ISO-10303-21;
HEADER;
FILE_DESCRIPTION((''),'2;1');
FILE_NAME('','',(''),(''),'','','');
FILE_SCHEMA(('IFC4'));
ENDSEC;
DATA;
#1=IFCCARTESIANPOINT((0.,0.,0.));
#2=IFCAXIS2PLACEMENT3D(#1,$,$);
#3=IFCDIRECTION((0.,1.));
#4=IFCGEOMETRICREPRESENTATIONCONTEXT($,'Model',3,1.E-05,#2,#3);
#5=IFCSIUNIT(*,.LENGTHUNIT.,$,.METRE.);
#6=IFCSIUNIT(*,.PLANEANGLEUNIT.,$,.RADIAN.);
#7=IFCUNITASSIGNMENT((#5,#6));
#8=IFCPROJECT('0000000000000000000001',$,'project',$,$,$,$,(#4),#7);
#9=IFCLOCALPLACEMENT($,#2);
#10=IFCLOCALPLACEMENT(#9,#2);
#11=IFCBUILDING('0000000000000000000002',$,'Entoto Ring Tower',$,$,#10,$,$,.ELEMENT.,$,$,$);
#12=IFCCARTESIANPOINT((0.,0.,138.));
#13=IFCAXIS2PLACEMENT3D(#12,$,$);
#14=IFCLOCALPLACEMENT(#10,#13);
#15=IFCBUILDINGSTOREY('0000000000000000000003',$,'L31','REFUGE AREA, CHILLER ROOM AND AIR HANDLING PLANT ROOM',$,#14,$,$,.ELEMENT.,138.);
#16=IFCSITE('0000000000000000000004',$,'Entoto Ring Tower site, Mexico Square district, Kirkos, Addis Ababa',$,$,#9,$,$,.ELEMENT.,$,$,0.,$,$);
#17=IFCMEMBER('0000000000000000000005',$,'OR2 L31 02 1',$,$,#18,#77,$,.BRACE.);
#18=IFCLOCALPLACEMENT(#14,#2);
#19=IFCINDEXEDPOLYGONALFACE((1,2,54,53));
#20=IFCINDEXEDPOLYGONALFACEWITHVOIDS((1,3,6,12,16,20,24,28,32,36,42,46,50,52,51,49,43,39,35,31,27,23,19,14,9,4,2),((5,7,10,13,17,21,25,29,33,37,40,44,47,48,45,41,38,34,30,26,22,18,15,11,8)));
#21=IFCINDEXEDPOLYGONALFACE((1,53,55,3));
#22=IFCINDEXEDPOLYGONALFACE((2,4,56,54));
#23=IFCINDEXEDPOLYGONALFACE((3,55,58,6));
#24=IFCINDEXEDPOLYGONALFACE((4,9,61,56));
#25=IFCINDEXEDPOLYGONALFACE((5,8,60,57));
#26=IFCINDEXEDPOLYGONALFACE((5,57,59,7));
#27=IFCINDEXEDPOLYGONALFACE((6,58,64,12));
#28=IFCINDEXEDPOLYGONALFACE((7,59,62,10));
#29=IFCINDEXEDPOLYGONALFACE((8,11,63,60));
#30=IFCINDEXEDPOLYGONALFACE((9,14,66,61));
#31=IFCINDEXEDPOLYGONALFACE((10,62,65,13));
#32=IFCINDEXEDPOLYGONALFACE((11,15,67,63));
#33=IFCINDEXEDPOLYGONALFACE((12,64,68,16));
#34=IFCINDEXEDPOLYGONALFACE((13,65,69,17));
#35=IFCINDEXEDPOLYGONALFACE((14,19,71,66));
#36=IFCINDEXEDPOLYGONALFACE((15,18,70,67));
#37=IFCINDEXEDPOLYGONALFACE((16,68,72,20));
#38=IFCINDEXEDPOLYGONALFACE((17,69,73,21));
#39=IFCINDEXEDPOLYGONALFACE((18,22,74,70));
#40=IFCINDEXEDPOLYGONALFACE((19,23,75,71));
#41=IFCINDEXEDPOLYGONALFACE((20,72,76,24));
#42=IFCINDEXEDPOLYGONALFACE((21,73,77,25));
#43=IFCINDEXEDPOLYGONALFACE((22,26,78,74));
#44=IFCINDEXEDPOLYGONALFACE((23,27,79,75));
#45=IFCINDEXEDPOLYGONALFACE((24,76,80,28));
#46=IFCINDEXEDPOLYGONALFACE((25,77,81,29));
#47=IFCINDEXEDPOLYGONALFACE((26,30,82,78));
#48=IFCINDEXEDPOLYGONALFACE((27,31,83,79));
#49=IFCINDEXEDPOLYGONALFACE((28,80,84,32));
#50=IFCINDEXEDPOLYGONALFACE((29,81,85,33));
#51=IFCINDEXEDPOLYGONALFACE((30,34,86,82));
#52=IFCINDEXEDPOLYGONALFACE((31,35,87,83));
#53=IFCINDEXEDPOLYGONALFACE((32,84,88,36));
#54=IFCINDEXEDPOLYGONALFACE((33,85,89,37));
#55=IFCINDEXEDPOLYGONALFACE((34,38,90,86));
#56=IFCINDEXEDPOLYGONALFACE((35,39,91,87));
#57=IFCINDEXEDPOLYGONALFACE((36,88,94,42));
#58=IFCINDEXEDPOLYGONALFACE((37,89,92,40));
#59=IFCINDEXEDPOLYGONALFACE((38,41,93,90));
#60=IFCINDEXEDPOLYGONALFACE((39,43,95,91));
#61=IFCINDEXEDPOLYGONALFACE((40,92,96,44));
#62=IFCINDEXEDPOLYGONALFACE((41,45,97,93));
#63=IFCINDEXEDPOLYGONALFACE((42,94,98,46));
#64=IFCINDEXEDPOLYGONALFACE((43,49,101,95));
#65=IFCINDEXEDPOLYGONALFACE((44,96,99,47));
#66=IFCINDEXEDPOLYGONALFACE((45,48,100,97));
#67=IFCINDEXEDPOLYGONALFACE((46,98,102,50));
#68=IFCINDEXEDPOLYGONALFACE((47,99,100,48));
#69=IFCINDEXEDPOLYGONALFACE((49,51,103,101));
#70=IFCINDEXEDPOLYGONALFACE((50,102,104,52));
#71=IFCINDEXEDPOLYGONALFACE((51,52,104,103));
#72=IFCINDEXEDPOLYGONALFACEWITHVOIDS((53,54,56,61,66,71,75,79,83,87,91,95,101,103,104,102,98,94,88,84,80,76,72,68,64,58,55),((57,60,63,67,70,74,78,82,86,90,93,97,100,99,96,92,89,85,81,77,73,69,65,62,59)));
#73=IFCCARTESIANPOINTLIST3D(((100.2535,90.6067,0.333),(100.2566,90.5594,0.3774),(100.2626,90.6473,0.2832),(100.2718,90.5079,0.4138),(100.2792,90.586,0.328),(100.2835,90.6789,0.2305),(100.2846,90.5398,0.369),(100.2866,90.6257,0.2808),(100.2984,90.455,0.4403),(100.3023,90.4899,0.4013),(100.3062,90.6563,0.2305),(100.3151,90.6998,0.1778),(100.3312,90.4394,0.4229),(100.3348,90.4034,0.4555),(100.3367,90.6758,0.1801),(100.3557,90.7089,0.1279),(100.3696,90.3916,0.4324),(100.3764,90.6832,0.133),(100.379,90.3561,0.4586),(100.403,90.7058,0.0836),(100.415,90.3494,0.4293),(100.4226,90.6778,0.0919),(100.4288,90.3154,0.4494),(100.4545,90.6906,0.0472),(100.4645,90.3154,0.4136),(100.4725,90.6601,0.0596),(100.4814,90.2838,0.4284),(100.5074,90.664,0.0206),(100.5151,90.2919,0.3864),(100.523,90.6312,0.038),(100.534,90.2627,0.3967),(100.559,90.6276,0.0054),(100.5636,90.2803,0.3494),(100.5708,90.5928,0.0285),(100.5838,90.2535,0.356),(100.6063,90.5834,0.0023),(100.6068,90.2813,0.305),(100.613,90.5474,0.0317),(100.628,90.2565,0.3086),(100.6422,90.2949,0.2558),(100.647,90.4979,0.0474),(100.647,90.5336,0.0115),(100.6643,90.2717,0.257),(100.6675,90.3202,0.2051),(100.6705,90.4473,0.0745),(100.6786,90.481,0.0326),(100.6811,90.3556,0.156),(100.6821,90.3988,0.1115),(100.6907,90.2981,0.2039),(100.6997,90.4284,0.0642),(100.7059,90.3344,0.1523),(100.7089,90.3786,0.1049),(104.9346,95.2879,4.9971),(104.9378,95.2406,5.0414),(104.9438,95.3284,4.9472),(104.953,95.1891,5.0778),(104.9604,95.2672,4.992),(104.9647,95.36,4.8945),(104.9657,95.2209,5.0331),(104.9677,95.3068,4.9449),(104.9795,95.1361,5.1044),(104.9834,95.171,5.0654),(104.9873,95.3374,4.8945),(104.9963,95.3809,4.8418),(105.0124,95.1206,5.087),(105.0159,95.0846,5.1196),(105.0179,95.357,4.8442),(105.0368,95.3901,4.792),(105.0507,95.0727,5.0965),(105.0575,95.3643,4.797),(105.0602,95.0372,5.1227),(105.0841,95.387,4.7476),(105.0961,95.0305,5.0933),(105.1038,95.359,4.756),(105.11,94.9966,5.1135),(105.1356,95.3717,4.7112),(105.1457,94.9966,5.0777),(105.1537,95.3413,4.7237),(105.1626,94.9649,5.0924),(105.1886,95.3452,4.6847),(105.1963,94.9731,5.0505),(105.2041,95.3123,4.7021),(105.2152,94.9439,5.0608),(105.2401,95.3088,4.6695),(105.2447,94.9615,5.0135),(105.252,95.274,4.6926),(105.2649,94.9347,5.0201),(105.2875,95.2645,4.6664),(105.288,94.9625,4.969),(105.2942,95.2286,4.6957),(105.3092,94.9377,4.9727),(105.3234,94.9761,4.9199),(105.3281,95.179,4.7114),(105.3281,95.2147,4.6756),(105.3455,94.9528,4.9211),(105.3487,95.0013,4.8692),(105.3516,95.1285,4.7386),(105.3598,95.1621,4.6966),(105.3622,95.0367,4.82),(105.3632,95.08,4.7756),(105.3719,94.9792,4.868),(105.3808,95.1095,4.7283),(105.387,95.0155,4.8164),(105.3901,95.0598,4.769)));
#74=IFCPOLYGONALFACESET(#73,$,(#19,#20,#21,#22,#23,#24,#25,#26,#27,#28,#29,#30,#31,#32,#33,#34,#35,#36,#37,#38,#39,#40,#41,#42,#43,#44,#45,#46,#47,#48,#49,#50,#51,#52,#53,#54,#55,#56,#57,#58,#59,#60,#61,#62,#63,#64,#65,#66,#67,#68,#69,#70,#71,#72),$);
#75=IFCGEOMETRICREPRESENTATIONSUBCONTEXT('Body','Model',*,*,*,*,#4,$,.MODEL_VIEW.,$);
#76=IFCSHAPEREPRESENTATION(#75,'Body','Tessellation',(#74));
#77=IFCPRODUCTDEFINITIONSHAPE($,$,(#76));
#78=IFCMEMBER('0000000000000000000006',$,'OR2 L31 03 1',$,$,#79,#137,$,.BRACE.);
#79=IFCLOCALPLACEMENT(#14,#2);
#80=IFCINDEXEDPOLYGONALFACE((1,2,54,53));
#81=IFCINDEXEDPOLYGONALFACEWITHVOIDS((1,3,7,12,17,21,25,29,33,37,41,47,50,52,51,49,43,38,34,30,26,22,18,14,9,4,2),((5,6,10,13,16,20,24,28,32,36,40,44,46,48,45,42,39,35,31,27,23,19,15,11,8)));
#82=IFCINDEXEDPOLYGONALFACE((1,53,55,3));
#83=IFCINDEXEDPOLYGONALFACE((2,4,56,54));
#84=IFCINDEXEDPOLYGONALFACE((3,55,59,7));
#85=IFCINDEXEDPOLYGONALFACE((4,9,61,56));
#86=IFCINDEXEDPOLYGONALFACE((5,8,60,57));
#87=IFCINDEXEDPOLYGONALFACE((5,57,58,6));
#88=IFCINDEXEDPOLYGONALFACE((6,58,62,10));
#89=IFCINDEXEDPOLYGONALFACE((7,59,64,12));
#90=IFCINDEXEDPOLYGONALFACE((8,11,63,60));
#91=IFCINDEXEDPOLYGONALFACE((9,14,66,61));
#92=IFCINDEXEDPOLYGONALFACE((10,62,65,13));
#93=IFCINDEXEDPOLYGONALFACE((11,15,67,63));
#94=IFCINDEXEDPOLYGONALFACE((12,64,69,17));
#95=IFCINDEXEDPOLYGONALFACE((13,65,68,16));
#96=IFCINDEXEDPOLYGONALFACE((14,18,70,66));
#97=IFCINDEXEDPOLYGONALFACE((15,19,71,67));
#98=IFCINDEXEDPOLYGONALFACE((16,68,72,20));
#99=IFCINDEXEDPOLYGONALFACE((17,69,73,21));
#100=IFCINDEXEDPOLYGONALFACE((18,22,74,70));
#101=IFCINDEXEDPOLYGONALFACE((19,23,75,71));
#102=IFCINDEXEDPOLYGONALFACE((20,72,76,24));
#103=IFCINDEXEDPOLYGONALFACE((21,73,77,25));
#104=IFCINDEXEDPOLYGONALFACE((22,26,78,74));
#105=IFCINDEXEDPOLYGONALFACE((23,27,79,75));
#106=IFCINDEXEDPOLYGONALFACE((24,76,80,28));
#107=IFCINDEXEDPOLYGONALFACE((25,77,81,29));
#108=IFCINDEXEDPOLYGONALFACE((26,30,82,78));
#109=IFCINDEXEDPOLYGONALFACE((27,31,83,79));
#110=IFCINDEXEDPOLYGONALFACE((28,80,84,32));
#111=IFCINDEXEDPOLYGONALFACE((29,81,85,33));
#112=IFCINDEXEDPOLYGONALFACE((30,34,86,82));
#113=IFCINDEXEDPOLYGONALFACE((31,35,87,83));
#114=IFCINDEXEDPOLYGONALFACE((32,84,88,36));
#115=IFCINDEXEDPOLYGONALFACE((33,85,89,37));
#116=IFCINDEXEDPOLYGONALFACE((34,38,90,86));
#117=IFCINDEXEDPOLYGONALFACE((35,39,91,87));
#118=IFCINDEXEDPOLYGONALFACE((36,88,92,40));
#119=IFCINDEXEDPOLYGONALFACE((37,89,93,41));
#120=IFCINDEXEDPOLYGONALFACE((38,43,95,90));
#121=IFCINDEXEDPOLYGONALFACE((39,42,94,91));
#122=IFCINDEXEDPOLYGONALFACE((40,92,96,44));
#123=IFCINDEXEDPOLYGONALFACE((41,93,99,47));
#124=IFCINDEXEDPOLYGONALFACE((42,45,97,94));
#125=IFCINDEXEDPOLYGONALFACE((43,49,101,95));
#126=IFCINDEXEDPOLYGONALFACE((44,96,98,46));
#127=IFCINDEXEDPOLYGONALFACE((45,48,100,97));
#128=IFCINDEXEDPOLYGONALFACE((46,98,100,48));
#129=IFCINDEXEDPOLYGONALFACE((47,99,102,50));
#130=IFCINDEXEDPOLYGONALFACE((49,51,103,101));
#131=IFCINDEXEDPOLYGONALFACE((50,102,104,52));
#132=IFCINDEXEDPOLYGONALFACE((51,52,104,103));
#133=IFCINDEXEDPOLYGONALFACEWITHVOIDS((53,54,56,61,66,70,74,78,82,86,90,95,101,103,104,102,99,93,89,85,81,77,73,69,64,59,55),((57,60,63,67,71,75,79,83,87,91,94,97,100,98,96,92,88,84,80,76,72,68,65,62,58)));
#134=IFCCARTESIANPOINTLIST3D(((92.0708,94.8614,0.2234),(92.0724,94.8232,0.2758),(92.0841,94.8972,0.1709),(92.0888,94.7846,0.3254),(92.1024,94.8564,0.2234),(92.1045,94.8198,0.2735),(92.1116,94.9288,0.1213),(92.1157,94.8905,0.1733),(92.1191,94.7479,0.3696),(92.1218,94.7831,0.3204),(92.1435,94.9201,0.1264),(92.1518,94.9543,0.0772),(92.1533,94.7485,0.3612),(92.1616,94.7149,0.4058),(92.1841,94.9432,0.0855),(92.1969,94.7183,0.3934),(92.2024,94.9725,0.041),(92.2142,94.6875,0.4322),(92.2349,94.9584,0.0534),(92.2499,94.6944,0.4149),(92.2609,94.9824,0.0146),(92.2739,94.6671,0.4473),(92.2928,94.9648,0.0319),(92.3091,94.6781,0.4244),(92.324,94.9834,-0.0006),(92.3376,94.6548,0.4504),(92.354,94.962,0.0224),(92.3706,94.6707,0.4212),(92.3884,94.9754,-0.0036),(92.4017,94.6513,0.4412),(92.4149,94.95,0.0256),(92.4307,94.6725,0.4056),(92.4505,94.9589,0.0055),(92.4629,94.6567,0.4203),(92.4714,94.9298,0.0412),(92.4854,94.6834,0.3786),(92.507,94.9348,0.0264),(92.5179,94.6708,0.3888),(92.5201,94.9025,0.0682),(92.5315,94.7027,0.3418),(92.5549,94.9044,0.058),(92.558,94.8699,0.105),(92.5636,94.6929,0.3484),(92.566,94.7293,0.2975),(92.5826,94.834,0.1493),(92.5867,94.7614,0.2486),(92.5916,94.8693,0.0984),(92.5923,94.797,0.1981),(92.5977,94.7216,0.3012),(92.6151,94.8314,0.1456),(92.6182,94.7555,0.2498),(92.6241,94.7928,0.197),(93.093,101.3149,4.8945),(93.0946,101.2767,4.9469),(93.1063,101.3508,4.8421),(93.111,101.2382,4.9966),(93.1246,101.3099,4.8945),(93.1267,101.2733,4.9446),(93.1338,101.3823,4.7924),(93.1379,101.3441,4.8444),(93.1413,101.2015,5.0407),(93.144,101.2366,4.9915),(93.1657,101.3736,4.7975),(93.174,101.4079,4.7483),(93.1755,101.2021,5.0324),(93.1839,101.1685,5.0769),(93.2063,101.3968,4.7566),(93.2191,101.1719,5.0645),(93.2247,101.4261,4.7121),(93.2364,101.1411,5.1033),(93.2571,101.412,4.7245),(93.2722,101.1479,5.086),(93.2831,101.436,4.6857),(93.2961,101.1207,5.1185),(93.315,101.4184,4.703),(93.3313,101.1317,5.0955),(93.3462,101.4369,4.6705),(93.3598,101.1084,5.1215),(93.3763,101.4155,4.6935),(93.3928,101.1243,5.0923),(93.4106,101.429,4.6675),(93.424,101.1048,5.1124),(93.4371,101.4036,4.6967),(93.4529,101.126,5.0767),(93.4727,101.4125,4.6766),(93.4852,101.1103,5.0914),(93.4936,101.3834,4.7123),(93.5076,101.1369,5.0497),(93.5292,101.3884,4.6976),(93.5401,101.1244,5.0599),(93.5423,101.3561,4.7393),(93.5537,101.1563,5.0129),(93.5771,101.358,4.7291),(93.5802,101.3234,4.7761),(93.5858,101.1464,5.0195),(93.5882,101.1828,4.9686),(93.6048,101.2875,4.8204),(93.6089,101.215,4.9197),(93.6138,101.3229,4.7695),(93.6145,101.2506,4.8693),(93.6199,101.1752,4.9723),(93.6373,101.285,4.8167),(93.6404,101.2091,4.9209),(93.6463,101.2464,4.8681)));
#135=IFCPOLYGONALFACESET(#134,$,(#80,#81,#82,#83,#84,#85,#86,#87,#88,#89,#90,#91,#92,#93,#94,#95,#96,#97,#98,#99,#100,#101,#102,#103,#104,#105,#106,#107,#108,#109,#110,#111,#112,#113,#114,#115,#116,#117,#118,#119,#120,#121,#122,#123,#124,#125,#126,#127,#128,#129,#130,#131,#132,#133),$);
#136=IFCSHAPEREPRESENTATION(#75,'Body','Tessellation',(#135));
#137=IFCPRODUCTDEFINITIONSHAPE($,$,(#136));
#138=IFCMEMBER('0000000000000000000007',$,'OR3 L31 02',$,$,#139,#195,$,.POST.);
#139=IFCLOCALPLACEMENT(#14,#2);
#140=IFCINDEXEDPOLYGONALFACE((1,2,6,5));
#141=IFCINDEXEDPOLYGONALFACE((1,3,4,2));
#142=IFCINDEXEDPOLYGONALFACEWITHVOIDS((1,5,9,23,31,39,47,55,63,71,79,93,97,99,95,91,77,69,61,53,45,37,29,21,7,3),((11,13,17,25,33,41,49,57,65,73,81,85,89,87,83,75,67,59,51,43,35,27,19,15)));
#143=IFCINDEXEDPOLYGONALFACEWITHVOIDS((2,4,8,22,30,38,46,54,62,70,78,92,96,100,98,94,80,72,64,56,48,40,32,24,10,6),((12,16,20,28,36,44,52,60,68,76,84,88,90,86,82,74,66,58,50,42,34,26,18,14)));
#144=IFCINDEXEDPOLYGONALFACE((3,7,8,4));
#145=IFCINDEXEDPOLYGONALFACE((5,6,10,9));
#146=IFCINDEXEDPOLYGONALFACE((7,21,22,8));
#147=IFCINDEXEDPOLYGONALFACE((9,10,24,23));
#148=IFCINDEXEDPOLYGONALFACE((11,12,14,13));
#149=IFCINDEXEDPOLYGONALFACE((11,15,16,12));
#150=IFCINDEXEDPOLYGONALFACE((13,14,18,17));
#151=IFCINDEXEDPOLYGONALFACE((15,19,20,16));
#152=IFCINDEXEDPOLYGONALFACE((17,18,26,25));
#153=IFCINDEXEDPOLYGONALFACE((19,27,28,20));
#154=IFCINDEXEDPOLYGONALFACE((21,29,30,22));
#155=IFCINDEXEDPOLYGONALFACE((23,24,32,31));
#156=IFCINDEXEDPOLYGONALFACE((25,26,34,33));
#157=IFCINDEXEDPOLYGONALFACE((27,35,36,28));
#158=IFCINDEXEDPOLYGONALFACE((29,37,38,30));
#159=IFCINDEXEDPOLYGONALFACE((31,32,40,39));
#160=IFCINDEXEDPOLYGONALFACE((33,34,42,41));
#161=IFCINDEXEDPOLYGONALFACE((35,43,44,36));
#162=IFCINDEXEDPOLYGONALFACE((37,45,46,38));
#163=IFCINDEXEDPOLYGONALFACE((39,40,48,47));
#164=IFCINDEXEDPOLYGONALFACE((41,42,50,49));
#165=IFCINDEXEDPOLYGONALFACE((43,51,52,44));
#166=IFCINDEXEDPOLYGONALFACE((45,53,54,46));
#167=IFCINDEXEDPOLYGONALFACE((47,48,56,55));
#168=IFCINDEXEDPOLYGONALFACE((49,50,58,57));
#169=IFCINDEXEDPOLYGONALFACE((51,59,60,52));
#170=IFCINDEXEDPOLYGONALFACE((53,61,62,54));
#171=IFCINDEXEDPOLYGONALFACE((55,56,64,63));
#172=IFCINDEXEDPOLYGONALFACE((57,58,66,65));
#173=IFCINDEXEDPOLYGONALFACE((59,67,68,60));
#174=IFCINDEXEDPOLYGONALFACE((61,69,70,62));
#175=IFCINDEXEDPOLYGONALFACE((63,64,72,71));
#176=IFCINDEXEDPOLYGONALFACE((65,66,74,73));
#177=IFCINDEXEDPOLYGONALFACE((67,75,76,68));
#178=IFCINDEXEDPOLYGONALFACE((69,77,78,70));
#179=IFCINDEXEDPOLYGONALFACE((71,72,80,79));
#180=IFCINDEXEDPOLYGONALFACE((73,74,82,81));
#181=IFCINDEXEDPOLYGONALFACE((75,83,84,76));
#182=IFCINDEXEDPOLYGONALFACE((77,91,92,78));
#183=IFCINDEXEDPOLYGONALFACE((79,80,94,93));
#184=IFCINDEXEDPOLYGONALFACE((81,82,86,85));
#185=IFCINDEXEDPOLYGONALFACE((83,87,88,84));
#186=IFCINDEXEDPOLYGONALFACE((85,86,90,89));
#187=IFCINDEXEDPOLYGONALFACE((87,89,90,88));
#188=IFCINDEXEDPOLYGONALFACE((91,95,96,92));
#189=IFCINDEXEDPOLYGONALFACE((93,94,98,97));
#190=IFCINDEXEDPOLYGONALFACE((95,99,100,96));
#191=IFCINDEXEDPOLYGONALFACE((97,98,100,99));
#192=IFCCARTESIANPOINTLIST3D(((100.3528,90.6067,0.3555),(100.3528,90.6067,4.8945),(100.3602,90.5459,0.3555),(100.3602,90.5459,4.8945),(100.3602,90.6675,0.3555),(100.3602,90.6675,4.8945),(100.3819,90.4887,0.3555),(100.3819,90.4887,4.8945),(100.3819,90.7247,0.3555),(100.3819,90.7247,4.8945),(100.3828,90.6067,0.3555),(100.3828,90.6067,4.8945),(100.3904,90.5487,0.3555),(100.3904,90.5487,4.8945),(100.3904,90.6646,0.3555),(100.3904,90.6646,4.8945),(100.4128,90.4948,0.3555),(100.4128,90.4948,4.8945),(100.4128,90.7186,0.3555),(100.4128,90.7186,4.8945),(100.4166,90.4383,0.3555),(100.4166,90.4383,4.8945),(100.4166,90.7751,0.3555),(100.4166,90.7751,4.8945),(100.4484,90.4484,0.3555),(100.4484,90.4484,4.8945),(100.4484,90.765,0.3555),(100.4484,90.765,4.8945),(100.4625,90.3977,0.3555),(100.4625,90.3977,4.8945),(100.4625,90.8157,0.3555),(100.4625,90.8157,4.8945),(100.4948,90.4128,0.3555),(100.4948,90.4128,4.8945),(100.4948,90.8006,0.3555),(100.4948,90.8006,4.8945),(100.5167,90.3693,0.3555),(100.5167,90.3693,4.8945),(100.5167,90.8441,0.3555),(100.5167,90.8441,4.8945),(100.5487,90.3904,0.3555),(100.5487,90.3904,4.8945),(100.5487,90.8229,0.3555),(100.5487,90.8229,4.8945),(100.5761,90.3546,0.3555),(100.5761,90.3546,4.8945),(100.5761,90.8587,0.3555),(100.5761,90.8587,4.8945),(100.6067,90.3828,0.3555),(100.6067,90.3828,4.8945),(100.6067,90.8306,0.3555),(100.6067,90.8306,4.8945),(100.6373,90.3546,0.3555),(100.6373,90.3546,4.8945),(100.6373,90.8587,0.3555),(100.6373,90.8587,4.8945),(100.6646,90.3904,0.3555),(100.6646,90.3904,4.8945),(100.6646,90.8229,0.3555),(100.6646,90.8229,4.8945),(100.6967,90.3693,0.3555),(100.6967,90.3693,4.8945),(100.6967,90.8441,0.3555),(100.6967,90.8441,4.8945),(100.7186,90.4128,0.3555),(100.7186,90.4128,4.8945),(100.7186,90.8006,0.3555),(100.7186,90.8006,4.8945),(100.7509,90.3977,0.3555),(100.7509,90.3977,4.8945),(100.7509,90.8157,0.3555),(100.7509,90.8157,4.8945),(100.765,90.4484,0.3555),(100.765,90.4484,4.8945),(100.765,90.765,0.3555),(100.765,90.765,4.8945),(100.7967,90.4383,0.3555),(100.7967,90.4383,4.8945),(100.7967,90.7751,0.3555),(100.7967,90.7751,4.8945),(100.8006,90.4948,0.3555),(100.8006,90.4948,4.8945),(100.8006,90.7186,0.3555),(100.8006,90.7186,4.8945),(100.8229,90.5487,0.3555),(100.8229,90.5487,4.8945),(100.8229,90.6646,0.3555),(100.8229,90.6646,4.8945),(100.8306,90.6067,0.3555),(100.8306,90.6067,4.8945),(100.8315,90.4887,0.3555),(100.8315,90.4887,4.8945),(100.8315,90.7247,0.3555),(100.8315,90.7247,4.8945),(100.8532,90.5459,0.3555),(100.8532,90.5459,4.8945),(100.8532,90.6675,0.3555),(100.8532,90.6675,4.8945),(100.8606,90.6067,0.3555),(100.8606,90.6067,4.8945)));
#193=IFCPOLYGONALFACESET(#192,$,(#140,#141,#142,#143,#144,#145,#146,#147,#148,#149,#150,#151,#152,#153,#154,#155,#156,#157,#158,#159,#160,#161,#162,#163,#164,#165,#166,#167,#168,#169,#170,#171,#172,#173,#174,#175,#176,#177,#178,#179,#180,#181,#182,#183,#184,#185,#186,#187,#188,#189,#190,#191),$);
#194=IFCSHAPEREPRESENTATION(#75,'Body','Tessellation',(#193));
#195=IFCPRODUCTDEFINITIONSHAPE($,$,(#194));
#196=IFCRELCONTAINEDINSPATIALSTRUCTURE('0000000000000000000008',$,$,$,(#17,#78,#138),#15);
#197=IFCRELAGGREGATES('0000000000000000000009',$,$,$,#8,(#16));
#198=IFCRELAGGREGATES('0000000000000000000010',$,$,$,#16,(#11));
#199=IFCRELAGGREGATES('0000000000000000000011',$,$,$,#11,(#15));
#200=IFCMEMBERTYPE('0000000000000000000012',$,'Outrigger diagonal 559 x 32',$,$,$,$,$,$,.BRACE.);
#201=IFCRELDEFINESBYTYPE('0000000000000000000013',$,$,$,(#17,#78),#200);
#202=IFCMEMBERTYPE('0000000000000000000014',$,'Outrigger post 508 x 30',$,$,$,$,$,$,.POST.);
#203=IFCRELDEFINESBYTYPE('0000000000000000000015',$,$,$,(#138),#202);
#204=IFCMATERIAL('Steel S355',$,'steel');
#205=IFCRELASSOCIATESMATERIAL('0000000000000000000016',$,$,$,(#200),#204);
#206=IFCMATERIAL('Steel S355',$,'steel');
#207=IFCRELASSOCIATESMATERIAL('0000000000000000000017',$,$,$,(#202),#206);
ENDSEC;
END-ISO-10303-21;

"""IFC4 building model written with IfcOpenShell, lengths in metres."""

from ifc_helpers import new_model, si_unit, direction, frame, origin, origin_2d, place, context, subcontext, project, spatial, circle, hollow_circle, extrude, material, material_profile, profile_set, type_object, element, save


model = new_model("IFC4")

# Units and contexts
model_context = context("Model", 3, precision=1e-05, world=origin(), true_north=direction((0.0, 1.0)))
body_context = subcontext(model_context, "Body", "Model", "MODEL_VIEW")
ifc_project = project(units=[si_unit("LENGTHUNIT", "METRE"), si_unit("PLANEANGLEUNIT", "RADIAN")], contexts=[model_context])

# Site, building, storey
site_placement = place(None, origin())
site = spatial("IfcSite", under=ifc_project, at=site_placement, Name="Entoto Ring Tower site, Mexico Square district, Kirkos, Addis Ababa", CompositionType="ELEMENT", RefElevation=0.0)
building_placement = place(site_placement, origin())
building = spatial("IfcBuilding", under=site, at=building_placement, Name="Entoto Ring Tower", CompositionType="ELEMENT")
storey_placement = place(building_placement, frame((0.0, 0.0, 138.0)))
storey = spatial("IfcBuildingStorey", under=building, at=storey_placement, Name="L31", Description="REFUGE AREA, CHILLER ROOM AND AIR HANDLING PLANT ROOM", CompositionType="ELEMENT", Elevation=138.0)

# Members
ifc_material_1 = material(Name="Steel S355", Category="steel")
ifc_material_profile_1 = material_profile(ifc_material_1, hollow_circle(Radius=0.2795, WallThickness=0.032, at=origin_2d()), Name="CHS 559 x 32")
ifc_material_2 = material(Name="Concrete C60/75", Category="concrete")
ifc_material_profile_2 = material_profile(ifc_material_2, circle(Radius=0.2476, at=origin_2d()), Name="Concrete C60/75 infill")
ifc_profile_set_1 = profile_set([ifc_material_profile_1, ifc_material_profile_2], Name="Steel S355")
member_type_1 = type_object("IfcMemberType", Name="Outrigger diagonal 559 x 32", PredefinedType="BRACE", material=ifc_profile_set_1)
member_1_placement = place(storey_placement, frame((100.4812, 90.4812, 0.2305), z_axis=(0.578053, 0.578053, 0.575943), x_axis=(-0.707107, 0.707107, 0.0)))
element("IfcMember", 1, at=member_1_placement, inside=storey, type_object=member_type_1, Name="OR2 L31 02 1", PredefinedType="BRACE", context=body_context, shape_type="SweptSolid", body=[
    extrude(hollow_circle(Radius=0.2795, WallThickness=0.032, at=origin_2d()), origin(), (0.0, 0.0, 1.0), 8.0981),
])
member_2_placement = place(storey_placement, frame((92.3469, 94.8176, 0.2234), z_axis=(0.127267, 0.803484, 0.581564), x_axis=(-0.987687, 0.156444, 0.0)))
element("IfcMember", 2, at=member_2_placement, inside=storey, type_object=member_type_1, Name="OR2 L31 03 1", PredefinedType="BRACE", context=body_context, shape_type="SweptSolid", body=[
    extrude(hollow_circle(Radius=0.2795, WallThickness=0.032, at=origin_2d()), origin(), (0.0, 0.0, 1.0), 8.032),
])
ifc_material_3 = material(Name="Steel S355", Category="steel")
ifc_material_profile_3 = material_profile(ifc_material_3, hollow_circle(Radius=0.2539, WallThickness=0.03, at=origin_2d()), Name="CHS 508 x 30")
ifc_material_4 = material(Name="Concrete C60/75", Category="concrete")
ifc_material_profile_4 = material_profile(ifc_material_4, circle(Radius=0.2241, at=origin_2d()), Name="Concrete C60/75 infill")
ifc_profile_set_2 = profile_set([ifc_material_profile_3, ifc_material_profile_4], Name="Steel S355")
member_type_2 = type_object("IfcMemberType", Name="Outrigger post 508 x 30", PredefinedType="POST", material=ifc_profile_set_2)
member_3_placement = place(storey_placement, frame((100.6067, 90.6067, 0.3555), z_axis=(0.0, 0.0, 1.0), x_axis=(1.0, 0.0, 0.0)))
element("IfcMember", 3, at=member_3_placement, inside=storey, type_object=member_type_2, Name="OR3 L31 02", PredefinedType="POST", context=body_context, shape_type="SweptSolid", body=[
    extrude(hollow_circle(Radius=0.2539, WallThickness=0.03, at=origin_2d()), origin(), (0.0, 0.0, 1.0), 4.5391),
])

save(model, "model.ifc")
